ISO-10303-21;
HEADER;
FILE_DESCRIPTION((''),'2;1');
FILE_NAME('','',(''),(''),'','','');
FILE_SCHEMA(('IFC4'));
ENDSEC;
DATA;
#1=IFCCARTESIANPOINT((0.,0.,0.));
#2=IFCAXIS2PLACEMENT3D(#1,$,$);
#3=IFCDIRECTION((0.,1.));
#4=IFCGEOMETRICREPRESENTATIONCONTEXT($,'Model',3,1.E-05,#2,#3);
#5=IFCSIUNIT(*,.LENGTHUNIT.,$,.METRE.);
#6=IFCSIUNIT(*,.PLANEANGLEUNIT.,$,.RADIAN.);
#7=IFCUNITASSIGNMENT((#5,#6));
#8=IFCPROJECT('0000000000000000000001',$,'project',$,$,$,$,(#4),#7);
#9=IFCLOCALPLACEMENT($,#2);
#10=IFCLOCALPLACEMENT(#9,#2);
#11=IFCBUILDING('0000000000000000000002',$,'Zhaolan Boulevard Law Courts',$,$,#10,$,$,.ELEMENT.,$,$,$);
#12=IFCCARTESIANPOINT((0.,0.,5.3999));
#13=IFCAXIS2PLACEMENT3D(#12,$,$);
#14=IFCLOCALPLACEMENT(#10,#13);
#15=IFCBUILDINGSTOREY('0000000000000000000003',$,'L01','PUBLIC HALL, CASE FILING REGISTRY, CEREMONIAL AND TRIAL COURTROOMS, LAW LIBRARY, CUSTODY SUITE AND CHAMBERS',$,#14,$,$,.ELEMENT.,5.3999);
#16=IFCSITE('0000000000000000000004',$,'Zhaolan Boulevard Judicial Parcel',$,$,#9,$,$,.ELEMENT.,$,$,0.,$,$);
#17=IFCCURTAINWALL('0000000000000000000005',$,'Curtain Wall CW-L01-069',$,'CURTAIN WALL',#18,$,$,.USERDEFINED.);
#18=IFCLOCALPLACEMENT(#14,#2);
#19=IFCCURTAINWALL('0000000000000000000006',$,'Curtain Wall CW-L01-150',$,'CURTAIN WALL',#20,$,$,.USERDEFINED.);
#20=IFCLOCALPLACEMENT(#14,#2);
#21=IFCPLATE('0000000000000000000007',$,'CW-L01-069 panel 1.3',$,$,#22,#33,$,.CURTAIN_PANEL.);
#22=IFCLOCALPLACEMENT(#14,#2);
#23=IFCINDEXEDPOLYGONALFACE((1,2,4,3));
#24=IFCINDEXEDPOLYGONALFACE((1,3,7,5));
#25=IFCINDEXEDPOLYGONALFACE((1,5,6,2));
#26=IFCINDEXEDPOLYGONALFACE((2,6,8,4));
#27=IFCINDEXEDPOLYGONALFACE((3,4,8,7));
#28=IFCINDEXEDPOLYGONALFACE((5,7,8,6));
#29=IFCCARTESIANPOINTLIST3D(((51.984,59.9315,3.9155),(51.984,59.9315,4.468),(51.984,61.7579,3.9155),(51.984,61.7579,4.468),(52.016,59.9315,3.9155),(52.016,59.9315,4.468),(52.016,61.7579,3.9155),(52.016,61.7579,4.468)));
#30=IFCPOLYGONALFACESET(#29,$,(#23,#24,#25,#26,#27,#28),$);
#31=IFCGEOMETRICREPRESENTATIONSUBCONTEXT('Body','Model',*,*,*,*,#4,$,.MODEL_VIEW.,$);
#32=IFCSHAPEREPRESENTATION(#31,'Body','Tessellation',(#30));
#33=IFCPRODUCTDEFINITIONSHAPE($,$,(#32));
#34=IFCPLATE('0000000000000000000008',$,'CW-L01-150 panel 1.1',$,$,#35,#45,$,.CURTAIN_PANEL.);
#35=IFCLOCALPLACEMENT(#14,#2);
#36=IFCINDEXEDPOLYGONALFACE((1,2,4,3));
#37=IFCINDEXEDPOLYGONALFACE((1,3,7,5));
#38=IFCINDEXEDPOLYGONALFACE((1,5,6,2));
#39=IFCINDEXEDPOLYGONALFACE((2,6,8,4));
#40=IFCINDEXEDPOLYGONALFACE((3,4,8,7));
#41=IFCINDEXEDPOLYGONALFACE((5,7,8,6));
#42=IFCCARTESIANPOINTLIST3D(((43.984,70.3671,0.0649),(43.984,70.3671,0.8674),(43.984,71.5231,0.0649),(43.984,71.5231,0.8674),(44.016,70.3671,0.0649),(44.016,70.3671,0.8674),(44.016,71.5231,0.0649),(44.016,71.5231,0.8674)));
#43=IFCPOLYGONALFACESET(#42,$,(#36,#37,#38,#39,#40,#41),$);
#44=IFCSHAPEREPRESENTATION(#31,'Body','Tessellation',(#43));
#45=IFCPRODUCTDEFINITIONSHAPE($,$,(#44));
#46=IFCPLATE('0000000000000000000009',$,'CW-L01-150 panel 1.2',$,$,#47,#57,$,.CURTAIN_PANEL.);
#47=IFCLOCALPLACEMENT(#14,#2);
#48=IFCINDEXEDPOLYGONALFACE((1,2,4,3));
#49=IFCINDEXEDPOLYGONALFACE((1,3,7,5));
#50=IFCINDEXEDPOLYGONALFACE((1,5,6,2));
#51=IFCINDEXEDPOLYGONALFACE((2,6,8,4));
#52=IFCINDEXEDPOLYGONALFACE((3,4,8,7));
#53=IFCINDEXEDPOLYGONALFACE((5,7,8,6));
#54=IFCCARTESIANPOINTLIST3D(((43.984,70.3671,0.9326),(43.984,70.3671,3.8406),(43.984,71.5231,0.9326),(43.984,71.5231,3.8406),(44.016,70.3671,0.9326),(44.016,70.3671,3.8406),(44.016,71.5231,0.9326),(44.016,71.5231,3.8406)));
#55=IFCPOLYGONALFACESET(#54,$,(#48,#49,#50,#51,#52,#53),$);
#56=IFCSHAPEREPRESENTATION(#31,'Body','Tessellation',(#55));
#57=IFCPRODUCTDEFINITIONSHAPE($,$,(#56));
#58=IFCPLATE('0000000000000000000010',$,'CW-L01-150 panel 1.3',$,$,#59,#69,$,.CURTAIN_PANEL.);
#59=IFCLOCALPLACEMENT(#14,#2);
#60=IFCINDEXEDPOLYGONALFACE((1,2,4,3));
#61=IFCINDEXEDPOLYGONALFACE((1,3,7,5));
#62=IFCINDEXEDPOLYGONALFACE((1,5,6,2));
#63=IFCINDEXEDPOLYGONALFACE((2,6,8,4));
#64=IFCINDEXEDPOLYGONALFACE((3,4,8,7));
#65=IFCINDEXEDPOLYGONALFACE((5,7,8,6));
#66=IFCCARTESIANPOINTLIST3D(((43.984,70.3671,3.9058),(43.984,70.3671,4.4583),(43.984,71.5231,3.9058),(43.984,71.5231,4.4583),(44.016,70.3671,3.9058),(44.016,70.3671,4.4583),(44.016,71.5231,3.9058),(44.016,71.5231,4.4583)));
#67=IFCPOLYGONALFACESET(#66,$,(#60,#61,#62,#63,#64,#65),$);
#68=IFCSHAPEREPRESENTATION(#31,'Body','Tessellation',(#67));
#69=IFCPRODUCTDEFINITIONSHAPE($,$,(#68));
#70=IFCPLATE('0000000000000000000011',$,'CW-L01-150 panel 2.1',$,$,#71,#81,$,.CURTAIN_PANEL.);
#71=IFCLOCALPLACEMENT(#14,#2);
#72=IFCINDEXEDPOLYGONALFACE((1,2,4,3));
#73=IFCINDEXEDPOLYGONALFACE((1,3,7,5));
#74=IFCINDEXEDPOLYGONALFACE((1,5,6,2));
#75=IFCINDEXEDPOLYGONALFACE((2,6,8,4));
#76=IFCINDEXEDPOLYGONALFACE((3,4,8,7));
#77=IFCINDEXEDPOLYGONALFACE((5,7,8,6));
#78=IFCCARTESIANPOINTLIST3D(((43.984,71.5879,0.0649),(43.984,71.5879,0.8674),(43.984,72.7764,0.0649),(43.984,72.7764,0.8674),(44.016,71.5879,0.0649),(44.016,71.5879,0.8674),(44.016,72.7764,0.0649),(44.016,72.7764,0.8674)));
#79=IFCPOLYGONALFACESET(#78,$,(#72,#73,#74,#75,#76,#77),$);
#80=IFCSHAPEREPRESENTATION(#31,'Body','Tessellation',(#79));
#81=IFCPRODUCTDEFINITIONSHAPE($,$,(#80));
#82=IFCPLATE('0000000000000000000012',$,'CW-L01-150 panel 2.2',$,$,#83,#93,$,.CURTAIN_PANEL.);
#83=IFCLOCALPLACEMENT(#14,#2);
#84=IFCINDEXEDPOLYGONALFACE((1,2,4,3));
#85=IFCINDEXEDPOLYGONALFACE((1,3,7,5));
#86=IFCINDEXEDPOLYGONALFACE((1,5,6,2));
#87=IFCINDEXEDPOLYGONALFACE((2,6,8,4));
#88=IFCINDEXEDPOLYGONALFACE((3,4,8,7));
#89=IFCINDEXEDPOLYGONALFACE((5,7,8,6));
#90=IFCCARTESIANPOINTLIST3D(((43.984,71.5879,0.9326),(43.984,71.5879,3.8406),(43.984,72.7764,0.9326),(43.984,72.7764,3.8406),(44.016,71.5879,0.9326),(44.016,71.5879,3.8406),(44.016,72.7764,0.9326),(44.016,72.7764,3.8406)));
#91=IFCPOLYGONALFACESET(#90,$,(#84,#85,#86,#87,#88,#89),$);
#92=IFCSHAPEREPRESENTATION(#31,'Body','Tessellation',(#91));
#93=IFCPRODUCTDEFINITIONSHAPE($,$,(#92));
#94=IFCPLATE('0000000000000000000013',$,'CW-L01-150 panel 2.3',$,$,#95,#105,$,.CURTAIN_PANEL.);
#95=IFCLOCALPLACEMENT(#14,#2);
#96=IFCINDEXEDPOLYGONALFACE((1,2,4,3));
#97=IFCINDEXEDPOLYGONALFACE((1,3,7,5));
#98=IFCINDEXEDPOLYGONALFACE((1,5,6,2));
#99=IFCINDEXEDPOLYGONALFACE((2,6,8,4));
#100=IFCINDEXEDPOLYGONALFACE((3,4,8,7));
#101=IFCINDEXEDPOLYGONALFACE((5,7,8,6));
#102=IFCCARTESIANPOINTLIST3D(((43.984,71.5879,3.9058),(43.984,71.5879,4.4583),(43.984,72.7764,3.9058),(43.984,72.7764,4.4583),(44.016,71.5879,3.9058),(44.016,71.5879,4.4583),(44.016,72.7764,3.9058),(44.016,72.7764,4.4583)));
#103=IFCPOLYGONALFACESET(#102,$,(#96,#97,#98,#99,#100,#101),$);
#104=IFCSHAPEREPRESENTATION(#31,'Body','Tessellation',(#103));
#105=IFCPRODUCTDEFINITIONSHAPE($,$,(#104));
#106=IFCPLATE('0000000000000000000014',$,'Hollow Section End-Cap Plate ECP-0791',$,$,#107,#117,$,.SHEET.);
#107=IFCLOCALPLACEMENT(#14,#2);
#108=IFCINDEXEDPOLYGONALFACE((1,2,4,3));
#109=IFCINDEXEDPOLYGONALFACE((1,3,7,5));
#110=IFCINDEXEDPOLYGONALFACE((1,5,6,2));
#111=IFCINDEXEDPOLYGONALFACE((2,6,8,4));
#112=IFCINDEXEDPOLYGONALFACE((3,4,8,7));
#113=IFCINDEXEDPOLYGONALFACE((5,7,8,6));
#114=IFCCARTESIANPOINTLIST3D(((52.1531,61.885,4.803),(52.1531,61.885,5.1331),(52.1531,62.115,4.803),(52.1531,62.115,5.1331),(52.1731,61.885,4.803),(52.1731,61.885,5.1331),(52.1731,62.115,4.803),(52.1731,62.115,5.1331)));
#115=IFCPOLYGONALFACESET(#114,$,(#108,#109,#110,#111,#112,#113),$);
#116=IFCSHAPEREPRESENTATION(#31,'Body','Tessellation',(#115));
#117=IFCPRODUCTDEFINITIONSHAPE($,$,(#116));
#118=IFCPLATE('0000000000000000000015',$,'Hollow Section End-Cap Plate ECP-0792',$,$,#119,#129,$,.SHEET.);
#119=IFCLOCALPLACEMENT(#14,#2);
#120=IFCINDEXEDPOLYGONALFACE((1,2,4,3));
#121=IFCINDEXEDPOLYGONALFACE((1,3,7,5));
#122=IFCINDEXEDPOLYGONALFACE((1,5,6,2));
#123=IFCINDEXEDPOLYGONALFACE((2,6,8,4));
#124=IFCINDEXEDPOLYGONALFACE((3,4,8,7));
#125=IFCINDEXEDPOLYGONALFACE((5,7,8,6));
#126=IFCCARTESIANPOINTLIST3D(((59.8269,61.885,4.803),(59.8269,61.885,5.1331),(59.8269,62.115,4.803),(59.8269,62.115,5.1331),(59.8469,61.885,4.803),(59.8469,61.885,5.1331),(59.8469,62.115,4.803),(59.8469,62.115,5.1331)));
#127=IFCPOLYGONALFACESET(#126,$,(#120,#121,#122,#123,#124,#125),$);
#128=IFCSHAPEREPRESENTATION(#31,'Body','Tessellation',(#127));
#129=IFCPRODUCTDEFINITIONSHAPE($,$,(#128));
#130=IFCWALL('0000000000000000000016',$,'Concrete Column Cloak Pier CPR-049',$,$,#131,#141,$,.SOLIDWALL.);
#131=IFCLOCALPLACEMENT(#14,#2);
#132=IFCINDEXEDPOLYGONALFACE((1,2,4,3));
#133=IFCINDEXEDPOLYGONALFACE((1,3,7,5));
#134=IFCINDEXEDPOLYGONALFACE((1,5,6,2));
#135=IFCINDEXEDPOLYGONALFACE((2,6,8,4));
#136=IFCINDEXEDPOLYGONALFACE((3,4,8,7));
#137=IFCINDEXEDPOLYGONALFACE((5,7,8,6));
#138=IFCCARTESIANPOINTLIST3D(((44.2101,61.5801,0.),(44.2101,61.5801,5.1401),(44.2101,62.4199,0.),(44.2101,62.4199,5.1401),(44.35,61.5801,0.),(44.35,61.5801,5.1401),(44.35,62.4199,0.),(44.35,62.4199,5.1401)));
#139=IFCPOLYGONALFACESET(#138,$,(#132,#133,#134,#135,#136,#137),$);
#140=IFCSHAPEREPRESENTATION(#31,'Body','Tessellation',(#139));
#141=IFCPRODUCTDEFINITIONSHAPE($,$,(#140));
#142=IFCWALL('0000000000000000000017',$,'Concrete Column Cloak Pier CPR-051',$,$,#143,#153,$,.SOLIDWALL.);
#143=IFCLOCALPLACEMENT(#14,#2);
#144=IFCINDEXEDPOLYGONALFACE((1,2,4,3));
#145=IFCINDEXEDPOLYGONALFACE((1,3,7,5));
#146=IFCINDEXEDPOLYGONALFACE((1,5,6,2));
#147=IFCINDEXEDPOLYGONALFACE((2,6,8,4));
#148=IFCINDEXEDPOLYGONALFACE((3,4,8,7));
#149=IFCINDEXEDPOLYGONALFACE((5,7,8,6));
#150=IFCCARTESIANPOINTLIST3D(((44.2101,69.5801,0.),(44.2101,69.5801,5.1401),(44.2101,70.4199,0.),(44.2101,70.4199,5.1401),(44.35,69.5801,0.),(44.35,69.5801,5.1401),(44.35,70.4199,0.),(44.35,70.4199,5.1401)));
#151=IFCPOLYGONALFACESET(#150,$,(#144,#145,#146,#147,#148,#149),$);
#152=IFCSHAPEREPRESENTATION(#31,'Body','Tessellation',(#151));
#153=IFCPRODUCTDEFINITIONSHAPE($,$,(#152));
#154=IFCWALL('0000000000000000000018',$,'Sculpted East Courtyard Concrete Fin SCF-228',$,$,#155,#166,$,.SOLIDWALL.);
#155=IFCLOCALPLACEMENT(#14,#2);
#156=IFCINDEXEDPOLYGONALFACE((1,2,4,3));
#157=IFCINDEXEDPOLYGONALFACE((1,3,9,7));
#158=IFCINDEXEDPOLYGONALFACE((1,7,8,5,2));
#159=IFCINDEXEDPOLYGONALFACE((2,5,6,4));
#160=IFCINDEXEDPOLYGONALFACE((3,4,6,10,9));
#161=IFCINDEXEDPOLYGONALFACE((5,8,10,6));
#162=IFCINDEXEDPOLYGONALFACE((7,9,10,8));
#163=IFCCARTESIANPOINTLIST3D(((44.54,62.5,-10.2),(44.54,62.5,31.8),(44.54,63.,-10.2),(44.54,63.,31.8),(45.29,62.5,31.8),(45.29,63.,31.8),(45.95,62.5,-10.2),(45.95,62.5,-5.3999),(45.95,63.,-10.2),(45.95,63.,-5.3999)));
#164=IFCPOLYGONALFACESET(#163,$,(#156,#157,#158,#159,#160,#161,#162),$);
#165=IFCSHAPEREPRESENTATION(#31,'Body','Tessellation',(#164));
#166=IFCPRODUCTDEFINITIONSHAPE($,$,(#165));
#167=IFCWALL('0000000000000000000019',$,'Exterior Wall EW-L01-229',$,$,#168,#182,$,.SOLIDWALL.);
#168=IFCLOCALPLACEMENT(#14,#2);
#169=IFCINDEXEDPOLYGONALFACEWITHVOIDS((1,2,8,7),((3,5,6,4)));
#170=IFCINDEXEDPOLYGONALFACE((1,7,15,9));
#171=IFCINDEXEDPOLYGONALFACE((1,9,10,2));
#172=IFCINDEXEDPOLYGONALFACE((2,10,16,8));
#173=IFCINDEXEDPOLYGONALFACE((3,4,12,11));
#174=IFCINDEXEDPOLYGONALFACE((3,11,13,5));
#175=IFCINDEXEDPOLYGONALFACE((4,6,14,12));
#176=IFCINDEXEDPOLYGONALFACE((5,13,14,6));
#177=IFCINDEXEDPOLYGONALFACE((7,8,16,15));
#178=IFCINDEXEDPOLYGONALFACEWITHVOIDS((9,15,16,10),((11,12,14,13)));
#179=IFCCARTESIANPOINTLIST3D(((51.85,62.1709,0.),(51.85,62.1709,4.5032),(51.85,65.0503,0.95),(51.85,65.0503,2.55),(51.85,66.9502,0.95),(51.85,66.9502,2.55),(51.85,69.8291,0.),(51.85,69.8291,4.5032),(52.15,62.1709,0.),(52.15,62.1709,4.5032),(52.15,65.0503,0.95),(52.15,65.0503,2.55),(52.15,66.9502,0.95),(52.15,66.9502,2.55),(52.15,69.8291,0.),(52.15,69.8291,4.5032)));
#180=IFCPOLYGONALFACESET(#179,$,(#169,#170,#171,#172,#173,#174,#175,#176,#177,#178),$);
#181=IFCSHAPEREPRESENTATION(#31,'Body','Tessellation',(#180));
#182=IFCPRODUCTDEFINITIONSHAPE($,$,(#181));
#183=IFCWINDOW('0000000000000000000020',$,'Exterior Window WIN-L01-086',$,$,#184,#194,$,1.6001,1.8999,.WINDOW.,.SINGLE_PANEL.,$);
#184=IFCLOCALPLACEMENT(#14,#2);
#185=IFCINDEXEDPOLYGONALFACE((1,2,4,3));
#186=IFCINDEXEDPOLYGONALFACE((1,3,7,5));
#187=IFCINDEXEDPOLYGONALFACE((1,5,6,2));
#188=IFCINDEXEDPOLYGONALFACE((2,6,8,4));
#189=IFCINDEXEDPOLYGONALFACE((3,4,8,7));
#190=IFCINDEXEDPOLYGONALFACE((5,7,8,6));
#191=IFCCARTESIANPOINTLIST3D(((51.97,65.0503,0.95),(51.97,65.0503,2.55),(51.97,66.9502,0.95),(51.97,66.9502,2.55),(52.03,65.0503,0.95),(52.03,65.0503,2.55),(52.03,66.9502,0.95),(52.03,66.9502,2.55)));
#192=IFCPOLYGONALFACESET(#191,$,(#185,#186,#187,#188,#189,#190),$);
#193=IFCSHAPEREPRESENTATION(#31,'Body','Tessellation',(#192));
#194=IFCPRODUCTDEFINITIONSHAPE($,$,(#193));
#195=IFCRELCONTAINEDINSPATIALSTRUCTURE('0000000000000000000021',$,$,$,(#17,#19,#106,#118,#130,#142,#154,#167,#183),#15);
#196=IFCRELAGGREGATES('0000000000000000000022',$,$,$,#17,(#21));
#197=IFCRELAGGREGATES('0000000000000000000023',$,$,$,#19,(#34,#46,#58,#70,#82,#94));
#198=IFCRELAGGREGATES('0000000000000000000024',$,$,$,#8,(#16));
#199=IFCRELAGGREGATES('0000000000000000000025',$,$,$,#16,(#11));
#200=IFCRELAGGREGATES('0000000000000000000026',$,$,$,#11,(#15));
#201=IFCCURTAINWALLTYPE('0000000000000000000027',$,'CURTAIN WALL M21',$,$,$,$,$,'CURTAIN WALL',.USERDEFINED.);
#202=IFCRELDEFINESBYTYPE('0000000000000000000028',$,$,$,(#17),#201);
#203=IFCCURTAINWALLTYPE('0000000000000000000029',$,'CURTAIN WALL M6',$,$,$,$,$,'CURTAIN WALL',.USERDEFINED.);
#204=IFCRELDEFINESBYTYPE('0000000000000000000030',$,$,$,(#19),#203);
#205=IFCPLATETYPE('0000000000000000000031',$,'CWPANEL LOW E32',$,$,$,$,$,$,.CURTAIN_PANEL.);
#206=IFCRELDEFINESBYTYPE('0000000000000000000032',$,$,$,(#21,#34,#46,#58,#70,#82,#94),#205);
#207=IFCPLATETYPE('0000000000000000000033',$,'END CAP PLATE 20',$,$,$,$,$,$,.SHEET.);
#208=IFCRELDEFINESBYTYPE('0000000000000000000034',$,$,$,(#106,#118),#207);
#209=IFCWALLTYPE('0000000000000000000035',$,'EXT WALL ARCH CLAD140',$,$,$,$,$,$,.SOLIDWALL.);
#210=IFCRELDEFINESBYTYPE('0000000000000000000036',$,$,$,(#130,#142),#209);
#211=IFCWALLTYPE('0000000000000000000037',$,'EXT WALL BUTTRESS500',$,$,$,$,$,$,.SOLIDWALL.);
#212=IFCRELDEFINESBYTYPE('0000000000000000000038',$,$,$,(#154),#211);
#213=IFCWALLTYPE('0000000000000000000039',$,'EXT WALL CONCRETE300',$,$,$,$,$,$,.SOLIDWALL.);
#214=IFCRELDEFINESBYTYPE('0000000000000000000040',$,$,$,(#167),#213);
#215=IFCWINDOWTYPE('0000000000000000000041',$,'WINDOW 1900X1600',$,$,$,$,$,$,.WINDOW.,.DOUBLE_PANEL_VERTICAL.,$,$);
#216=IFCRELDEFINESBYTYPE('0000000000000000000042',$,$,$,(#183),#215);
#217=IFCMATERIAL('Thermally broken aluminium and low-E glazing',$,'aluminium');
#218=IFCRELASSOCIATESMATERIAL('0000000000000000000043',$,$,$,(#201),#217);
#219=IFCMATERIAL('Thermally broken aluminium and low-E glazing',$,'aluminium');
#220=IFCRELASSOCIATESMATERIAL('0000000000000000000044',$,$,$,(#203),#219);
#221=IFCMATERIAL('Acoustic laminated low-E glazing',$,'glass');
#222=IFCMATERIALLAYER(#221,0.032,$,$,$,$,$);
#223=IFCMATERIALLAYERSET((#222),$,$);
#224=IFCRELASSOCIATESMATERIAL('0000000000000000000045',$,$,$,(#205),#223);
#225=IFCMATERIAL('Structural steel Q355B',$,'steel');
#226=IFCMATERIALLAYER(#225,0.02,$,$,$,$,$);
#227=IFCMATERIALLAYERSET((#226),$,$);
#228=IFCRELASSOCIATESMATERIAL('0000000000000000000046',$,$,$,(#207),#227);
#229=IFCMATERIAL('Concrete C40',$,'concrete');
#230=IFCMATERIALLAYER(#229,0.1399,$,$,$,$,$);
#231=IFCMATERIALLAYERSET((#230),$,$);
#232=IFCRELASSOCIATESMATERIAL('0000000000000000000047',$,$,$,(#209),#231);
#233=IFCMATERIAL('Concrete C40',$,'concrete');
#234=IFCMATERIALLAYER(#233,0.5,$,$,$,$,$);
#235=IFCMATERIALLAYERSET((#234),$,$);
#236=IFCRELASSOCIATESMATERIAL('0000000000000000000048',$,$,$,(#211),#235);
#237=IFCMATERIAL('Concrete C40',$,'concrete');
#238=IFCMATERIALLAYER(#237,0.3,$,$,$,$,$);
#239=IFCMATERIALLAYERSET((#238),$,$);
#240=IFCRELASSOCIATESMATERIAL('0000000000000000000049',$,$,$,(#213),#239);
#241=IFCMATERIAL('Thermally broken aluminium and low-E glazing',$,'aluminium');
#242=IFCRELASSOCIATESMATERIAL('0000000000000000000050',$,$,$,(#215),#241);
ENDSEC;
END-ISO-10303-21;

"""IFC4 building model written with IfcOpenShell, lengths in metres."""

from ifc_helpers import new_model, si_unit, direction, frame, frame_2d, origin, origin_2d, place, context, subcontext, project, spatial, polyline, rectangle, outline, extrude, material, layer, layer_set, type_object, element, fill, aggregate, save


model = new_model("IFC4")

# Units and contexts
model_context = context("Model", 3, precision=1e-05, world=origin(), true_north=direction((0.0, 1.0)))
body_context = subcontext(model_context, "Body", "Model", "MODEL_VIEW")
ifc_project = project(units=[si_unit("LENGTHUNIT", "METRE"), si_unit("PLANEANGLEUNIT", "RADIAN")], contexts=[model_context])

# Site, building, storey
site_placement = place(None, origin())
site = spatial("IfcSite", under=ifc_project, at=site_placement, Name="Zhaolan Boulevard Judicial Parcel", CompositionType="ELEMENT", RefElevation=0.0)
building_placement = place(site_placement, origin())
building = spatial("IfcBuilding", under=site, at=building_placement, Name="Zhaolan Boulevard Law Courts", CompositionType="ELEMENT")
storey_placement = place(building_placement, frame((0.0, 0.0, 5.3999)))
storey = spatial("IfcBuildingStorey", under=building, at=storey_placement, Name="L01", Description="PUBLIC HALL, CASE FILING REGISTRY, CEREMONIAL AND TRIAL COURTROOMS, LAW LIBRARY, CUSTODY SUITE AND CHAMBERS", CompositionType="ELEMENT", Elevation=5.3999)

# Curtain wall
ifc_material_1 = material(Name="Thermally broken aluminium and low-E glazing", Category="aluminium")
curtain_wall_type_1 = type_object("IfcCurtainWallType", Name="CURTAIN WALL M21", ElementType="CURTAIN WALL", PredefinedType="USERDEFINED", material=ifc_material_1)
curtain_wall_1_placement = place(storey_placement, origin())
curtain_wall_1 = element("IfcCurtainWall", 1, at=curtain_wall_1_placement, inside=storey, type_object=curtain_wall_type_1, Name="Curtain Wall CW-L01-069", ObjectType="CURTAIN WALL", PredefinedType="USERDEFINED")

# Curtain wall
ifc_material_2 = material(Name="Thermally broken aluminium and low-E glazing", Category="aluminium")
curtain_wall_type_2 = type_object("IfcCurtainWallType", Name="CURTAIN WALL M6", ElementType="CURTAIN WALL", PredefinedType="USERDEFINED", material=ifc_material_2)
curtain_wall_2_placement = place(storey_placement, origin())
curtain_wall_2 = element("IfcCurtainWall", 2, at=curtain_wall_2_placement, inside=storey, type_object=curtain_wall_type_2, Name="Curtain Wall CW-L01-150", ObjectType="CURTAIN WALL", PredefinedType="USERDEFINED")

# Plates
ifc_material_3 = material(Name="Acoustic laminated low-E glazing", Category="glass")
ifc_layer_1 = layer(ifc_material_3, 0.032)
ifc_layer_set_1 = layer_set([ifc_layer_1])
plate_type_1 = type_object("IfcPlateType", Name="CWPANEL LOW E32", PredefinedType="CURTAIN_PANEL", material=ifc_layer_set_1)
plate_1_placement = place(storey_placement, frame((52.0, 60.8447, 3.9155), z_axis=(0.0, 0.0, 1.0), x_axis=(0.0, -1.0, 0.0)))
plate_1 = element("IfcPlate", 3, at=plate_1_placement, type_object=plate_type_1, Name="CW-L01-069 panel 1.3", PredefinedType="CURTAIN_PANEL", context=body_context, shape_type="SweptSolid", body=[
    extrude(rectangle(XDim=1.8264, YDim=0.032, at=origin_2d()), origin(), (0.0, 0.0, 1.0), 0.5525),
])
aggregate(curtain_wall_1, [plate_1])
plate_2_placement = place(storey_placement, frame((44.0, 70.9451, 0.0649), z_axis=(0.0, 0.0, 1.0), x_axis=(0.0, 1.0, 0.0)))
plate_2 = element("IfcPlate", 4, at=plate_2_placement, type_object=plate_type_1, Name="CW-L01-150 panel 1.1", PredefinedType="CURTAIN_PANEL", context=body_context, shape_type="SweptSolid", body=[
    extrude(rectangle(XDim=1.156, YDim=0.032, at=origin_2d()), origin(), (0.0, 0.0, 1.0), 0.8025),
])
plate_3_placement = place(storey_placement, frame((44.0, 70.9451, 0.9326), z_axis=(0.0, 0.0, 1.0), x_axis=(0.0, 1.0, 0.0)))
plate_3 = element("IfcPlate", 5, at=plate_3_placement, type_object=plate_type_1, Name="CW-L01-150 panel 1.2", PredefinedType="CURTAIN_PANEL", context=body_context, shape_type="SweptSolid", body=[
    extrude(rectangle(XDim=1.156, YDim=0.032, at=origin_2d()), origin(), (0.0, 0.0, 1.0), 2.908),
])
plate_4_placement = place(storey_placement, frame((44.0, 70.9451, 3.9058), z_axis=(0.0, 0.0, 1.0), x_axis=(0.0, 1.0, 0.0)))
plate_4 = element("IfcPlate", 6, at=plate_4_placement, type_object=plate_type_1, Name="CW-L01-150 panel 1.3", PredefinedType="CURTAIN_PANEL", context=body_context, shape_type="SweptSolid", body=[
    extrude(rectangle(XDim=1.156, YDim=0.032, at=origin_2d()), origin(), (0.0, 0.0, 1.0), 0.5525),
])
plate_5_placement = place(storey_placement, frame((44.0, 72.1821, 0.0649), z_axis=(0.0, 0.0, 1.0), x_axis=(0.0, 1.0, 0.0)))
plate_5 = element("IfcPlate", 7, at=plate_5_placement, type_object=plate_type_1, Name="CW-L01-150 panel 2.1", PredefinedType="CURTAIN_PANEL", context=body_context, shape_type="SweptSolid", body=[
    extrude(rectangle(XDim=1.1885, YDim=0.032, at=origin_2d()), origin(), (0.0, 0.0, 1.0), 0.8025),
])
plate_6_placement = place(storey_placement, frame((44.0, 72.1821, 0.9326), z_axis=(0.0, 0.0, 1.0), x_axis=(0.0, 1.0, 0.0)))
plate_6 = element("IfcPlate", 8, at=plate_6_placement, type_object=plate_type_1, Name="CW-L01-150 panel 2.2", PredefinedType="CURTAIN_PANEL", context=body_context, shape_type="SweptSolid", body=[
    extrude(rectangle(XDim=1.1885, YDim=0.032, at=origin_2d()), origin(), (0.0, 0.0, 1.0), 2.908),
])
plate_7_placement = place(storey_placement, frame((44.0, 72.1821, 3.9058), z_axis=(0.0, 0.0, 1.0), x_axis=(0.0, 1.0, 0.0)))
plate_7 = element("IfcPlate", 9, at=plate_7_placement, type_object=plate_type_1, Name="CW-L01-150 panel 2.3", PredefinedType="CURTAIN_PANEL", context=body_context, shape_type="SweptSolid", body=[
    extrude(rectangle(XDim=1.1885, YDim=0.032, at=origin_2d()), origin(), (0.0, 0.0, 1.0), 0.5525),
])
aggregate(curtain_wall_2, [plate_2, plate_3, plate_4, plate_5, plate_6, plate_7])

# Plates
ifc_material_4 = material(Name="Structural steel Q355B", Category="steel")
ifc_layer_2 = layer(ifc_material_4, 0.02)
ifc_layer_set_2 = layer_set([ifc_layer_2])
plate_type_2 = type_object("IfcPlateType", Name="END CAP PLATE 20", PredefinedType="SHEET", material=ifc_layer_set_2)
for number, where, z_axis, x_axis, name in (
    (10, (52.1631, 62.0, 4.803), (0.0, 0.0, 1.0), (1.0, 0.0, 0.0), "Hollow Section End-Cap Plate ECP-0791"),
    (11, (59.8369, 62.0, 4.803), (0.0, 0.0, 1.0), (1.0, 0.0, 0.0), "Hollow Section End-Cap Plate ECP-0792"),
):
    element("IfcPlate", number, at=place(storey_placement, frame(where, z_axis=z_axis, x_axis=x_axis)), inside=storey, type_object=plate_type_2, Name=name, PredefinedType="SHEET", context=body_context, shape_type="SweptSolid", body=[
        extrude(rectangle(XDim=0.02, YDim=0.23, at=origin_2d()), origin(), (0.0, 0.0, 1.0), 0.3301),
    ])

# Walls
ifc_material_5 = material(Name="Concrete C40", Category="concrete")
ifc_layer_3 = layer(ifc_material_5, 0.1399)
ifc_layer_set_3 = layer_set([ifc_layer_3])
wall_type_1 = type_object("IfcWallType", Name="EXT WALL ARCH CLAD140", PredefinedType="SOLIDWALL", material=ifc_layer_set_3)
for number, where, z_axis, x_axis, name in (
    (12, (44.28, 61.5801, 0.0), (0.0, 0.0, 1.0), (0.0, 1.0, 0.0), "Concrete Column Cloak Pier CPR-049"),
    (13, (44.28, 69.5801, 0.0), (0.0, 0.0, 1.0), (0.0, 1.0, 0.0), "Concrete Column Cloak Pier CPR-051"),
):
    element("IfcWall", number, at=place(storey_placement, frame(where, z_axis=z_axis, x_axis=x_axis)), inside=storey, type_object=wall_type_1, Name=name, PredefinedType="SOLIDWALL", context=body_context, shape_type="SweptSolid", body=[
        extrude(rectangle(XDim=0.8398, YDim=0.1399, at=frame_2d((0.4199, 0.0))), origin(), (0.0, 0.0, 1.0), 5.1401),
    ])
ifc_material_6 = material(Name="Concrete C40", Category="concrete")
ifc_layer_4 = layer(ifc_material_6, 0.5)
ifc_layer_set_4 = layer_set([ifc_layer_4])
wall_type_2 = type_object("IfcWallType", Name="EXT WALL BUTTRESS500", PredefinedType="SOLIDWALL", material=ifc_layer_set_4)
wall_1_placement = place(storey_placement, frame((44.54, 62.75, -10.2), z_axis=(0.0, 0.0, 1.0), x_axis=(1.0, 0.0, 0.0)))
element("IfcWall", 14, at=wall_1_placement, inside=storey, type_object=wall_type_2, Name="Sculpted East Courtyard Concrete Fin SCF-228", PredefinedType="SOLIDWALL", context=body_context, shape_type="SweptSolid", body=[
    extrude(outline(polyline([(0.0, 0.0), (1.4099, 0.0), (1.4099, 4.8), (0.75, 42.0), (0.0, 42.0), (0.0, 0.0)])), frame((0.0, 0.25, 0.0), z_axis=(0.0, -1.0, 0.0), x_axis=(1.0, 0.0, 0.0)), (0.0, 0.0, 1.0), 0.5),
])

# Wall, opening, window
ifc_material_7 = material(Name="Concrete C40", Category="concrete")
ifc_layer_5 = layer(ifc_material_7, 0.3)
ifc_layer_set_5 = layer_set([ifc_layer_5])
wall_type_3 = type_object("IfcWallType", Name="EXT WALL CONCRETE300", PredefinedType="SOLIDWALL", material=ifc_layer_set_5)
wall_2_placement = place(storey_placement, frame((52.0, 69.8291, 0.0), z_axis=(0.0, 0.0, 1.0), x_axis=(0.0, -1.0, 0.0)))
wall_2 = element("IfcWall", 15, at=wall_2_placement, inside=storey, type_object=wall_type_3, Name="Exterior Wall EW-L01-229", PredefinedType="SOLIDWALL", context=body_context, shape_type="SweptSolid", body=[
    extrude(rectangle(XDim=7.6582, YDim=0.3, at=frame_2d((3.8291, 0.0))), origin(), (0.0, 0.0, 1.0), 4.5032),
])
opening_placement = place(wall_2_placement, frame((2.8789, 0.0, 0.95)))
opening = element("IfcOpeningElement", 16, at=opening_placement, cuts=wall_2, PredefinedType="OPENING", context=body_context, shape_type="SweptSolid", body=[
    extrude(rectangle(XDim=1.8999, YDim=1.6001, at=frame_2d((0.95, 0.8))), frame((0.0, 0.1599, 0.0), z_axis=(0.0, -1.0, 0.0), x_axis=(1.0, 0.0, 0.0)), (0.0, 0.0, 1.0), 0.3201),
])
ifc_material_8 = material(Name="Thermally broken aluminium and low-E glazing", Category="aluminium")
window_type = type_object("IfcWindowType", Name="WINDOW 1900X1600", PartitioningType="DOUBLE_PANEL_VERTICAL", PredefinedType="WINDOW", material=ifc_material_8)
window_placement = place(opening_placement, origin())
window = element("IfcWindow", 17, at=window_placement, inside=storey, type_object=window_type, Name="Exterior Window WIN-L01-086", OverallHeight=1.6001, OverallWidth=1.8999, PartitioningType="SINGLE_PANEL", PredefinedType="WINDOW", context=body_context, shape_type="SweptSolid", body=[
    extrude(rectangle(XDim=1.8999, YDim=1.6001, at=frame_2d((0.95, 0.8))), frame((0.0, 0.03, 0.0), z_axis=(0.0, -1.0, 0.0), x_axis=(1.0, 0.0, 0.0)), (0.0, 0.0, 1.0), 0.0601),
])
fill(opening, window)

save(model, "model.ifc")
